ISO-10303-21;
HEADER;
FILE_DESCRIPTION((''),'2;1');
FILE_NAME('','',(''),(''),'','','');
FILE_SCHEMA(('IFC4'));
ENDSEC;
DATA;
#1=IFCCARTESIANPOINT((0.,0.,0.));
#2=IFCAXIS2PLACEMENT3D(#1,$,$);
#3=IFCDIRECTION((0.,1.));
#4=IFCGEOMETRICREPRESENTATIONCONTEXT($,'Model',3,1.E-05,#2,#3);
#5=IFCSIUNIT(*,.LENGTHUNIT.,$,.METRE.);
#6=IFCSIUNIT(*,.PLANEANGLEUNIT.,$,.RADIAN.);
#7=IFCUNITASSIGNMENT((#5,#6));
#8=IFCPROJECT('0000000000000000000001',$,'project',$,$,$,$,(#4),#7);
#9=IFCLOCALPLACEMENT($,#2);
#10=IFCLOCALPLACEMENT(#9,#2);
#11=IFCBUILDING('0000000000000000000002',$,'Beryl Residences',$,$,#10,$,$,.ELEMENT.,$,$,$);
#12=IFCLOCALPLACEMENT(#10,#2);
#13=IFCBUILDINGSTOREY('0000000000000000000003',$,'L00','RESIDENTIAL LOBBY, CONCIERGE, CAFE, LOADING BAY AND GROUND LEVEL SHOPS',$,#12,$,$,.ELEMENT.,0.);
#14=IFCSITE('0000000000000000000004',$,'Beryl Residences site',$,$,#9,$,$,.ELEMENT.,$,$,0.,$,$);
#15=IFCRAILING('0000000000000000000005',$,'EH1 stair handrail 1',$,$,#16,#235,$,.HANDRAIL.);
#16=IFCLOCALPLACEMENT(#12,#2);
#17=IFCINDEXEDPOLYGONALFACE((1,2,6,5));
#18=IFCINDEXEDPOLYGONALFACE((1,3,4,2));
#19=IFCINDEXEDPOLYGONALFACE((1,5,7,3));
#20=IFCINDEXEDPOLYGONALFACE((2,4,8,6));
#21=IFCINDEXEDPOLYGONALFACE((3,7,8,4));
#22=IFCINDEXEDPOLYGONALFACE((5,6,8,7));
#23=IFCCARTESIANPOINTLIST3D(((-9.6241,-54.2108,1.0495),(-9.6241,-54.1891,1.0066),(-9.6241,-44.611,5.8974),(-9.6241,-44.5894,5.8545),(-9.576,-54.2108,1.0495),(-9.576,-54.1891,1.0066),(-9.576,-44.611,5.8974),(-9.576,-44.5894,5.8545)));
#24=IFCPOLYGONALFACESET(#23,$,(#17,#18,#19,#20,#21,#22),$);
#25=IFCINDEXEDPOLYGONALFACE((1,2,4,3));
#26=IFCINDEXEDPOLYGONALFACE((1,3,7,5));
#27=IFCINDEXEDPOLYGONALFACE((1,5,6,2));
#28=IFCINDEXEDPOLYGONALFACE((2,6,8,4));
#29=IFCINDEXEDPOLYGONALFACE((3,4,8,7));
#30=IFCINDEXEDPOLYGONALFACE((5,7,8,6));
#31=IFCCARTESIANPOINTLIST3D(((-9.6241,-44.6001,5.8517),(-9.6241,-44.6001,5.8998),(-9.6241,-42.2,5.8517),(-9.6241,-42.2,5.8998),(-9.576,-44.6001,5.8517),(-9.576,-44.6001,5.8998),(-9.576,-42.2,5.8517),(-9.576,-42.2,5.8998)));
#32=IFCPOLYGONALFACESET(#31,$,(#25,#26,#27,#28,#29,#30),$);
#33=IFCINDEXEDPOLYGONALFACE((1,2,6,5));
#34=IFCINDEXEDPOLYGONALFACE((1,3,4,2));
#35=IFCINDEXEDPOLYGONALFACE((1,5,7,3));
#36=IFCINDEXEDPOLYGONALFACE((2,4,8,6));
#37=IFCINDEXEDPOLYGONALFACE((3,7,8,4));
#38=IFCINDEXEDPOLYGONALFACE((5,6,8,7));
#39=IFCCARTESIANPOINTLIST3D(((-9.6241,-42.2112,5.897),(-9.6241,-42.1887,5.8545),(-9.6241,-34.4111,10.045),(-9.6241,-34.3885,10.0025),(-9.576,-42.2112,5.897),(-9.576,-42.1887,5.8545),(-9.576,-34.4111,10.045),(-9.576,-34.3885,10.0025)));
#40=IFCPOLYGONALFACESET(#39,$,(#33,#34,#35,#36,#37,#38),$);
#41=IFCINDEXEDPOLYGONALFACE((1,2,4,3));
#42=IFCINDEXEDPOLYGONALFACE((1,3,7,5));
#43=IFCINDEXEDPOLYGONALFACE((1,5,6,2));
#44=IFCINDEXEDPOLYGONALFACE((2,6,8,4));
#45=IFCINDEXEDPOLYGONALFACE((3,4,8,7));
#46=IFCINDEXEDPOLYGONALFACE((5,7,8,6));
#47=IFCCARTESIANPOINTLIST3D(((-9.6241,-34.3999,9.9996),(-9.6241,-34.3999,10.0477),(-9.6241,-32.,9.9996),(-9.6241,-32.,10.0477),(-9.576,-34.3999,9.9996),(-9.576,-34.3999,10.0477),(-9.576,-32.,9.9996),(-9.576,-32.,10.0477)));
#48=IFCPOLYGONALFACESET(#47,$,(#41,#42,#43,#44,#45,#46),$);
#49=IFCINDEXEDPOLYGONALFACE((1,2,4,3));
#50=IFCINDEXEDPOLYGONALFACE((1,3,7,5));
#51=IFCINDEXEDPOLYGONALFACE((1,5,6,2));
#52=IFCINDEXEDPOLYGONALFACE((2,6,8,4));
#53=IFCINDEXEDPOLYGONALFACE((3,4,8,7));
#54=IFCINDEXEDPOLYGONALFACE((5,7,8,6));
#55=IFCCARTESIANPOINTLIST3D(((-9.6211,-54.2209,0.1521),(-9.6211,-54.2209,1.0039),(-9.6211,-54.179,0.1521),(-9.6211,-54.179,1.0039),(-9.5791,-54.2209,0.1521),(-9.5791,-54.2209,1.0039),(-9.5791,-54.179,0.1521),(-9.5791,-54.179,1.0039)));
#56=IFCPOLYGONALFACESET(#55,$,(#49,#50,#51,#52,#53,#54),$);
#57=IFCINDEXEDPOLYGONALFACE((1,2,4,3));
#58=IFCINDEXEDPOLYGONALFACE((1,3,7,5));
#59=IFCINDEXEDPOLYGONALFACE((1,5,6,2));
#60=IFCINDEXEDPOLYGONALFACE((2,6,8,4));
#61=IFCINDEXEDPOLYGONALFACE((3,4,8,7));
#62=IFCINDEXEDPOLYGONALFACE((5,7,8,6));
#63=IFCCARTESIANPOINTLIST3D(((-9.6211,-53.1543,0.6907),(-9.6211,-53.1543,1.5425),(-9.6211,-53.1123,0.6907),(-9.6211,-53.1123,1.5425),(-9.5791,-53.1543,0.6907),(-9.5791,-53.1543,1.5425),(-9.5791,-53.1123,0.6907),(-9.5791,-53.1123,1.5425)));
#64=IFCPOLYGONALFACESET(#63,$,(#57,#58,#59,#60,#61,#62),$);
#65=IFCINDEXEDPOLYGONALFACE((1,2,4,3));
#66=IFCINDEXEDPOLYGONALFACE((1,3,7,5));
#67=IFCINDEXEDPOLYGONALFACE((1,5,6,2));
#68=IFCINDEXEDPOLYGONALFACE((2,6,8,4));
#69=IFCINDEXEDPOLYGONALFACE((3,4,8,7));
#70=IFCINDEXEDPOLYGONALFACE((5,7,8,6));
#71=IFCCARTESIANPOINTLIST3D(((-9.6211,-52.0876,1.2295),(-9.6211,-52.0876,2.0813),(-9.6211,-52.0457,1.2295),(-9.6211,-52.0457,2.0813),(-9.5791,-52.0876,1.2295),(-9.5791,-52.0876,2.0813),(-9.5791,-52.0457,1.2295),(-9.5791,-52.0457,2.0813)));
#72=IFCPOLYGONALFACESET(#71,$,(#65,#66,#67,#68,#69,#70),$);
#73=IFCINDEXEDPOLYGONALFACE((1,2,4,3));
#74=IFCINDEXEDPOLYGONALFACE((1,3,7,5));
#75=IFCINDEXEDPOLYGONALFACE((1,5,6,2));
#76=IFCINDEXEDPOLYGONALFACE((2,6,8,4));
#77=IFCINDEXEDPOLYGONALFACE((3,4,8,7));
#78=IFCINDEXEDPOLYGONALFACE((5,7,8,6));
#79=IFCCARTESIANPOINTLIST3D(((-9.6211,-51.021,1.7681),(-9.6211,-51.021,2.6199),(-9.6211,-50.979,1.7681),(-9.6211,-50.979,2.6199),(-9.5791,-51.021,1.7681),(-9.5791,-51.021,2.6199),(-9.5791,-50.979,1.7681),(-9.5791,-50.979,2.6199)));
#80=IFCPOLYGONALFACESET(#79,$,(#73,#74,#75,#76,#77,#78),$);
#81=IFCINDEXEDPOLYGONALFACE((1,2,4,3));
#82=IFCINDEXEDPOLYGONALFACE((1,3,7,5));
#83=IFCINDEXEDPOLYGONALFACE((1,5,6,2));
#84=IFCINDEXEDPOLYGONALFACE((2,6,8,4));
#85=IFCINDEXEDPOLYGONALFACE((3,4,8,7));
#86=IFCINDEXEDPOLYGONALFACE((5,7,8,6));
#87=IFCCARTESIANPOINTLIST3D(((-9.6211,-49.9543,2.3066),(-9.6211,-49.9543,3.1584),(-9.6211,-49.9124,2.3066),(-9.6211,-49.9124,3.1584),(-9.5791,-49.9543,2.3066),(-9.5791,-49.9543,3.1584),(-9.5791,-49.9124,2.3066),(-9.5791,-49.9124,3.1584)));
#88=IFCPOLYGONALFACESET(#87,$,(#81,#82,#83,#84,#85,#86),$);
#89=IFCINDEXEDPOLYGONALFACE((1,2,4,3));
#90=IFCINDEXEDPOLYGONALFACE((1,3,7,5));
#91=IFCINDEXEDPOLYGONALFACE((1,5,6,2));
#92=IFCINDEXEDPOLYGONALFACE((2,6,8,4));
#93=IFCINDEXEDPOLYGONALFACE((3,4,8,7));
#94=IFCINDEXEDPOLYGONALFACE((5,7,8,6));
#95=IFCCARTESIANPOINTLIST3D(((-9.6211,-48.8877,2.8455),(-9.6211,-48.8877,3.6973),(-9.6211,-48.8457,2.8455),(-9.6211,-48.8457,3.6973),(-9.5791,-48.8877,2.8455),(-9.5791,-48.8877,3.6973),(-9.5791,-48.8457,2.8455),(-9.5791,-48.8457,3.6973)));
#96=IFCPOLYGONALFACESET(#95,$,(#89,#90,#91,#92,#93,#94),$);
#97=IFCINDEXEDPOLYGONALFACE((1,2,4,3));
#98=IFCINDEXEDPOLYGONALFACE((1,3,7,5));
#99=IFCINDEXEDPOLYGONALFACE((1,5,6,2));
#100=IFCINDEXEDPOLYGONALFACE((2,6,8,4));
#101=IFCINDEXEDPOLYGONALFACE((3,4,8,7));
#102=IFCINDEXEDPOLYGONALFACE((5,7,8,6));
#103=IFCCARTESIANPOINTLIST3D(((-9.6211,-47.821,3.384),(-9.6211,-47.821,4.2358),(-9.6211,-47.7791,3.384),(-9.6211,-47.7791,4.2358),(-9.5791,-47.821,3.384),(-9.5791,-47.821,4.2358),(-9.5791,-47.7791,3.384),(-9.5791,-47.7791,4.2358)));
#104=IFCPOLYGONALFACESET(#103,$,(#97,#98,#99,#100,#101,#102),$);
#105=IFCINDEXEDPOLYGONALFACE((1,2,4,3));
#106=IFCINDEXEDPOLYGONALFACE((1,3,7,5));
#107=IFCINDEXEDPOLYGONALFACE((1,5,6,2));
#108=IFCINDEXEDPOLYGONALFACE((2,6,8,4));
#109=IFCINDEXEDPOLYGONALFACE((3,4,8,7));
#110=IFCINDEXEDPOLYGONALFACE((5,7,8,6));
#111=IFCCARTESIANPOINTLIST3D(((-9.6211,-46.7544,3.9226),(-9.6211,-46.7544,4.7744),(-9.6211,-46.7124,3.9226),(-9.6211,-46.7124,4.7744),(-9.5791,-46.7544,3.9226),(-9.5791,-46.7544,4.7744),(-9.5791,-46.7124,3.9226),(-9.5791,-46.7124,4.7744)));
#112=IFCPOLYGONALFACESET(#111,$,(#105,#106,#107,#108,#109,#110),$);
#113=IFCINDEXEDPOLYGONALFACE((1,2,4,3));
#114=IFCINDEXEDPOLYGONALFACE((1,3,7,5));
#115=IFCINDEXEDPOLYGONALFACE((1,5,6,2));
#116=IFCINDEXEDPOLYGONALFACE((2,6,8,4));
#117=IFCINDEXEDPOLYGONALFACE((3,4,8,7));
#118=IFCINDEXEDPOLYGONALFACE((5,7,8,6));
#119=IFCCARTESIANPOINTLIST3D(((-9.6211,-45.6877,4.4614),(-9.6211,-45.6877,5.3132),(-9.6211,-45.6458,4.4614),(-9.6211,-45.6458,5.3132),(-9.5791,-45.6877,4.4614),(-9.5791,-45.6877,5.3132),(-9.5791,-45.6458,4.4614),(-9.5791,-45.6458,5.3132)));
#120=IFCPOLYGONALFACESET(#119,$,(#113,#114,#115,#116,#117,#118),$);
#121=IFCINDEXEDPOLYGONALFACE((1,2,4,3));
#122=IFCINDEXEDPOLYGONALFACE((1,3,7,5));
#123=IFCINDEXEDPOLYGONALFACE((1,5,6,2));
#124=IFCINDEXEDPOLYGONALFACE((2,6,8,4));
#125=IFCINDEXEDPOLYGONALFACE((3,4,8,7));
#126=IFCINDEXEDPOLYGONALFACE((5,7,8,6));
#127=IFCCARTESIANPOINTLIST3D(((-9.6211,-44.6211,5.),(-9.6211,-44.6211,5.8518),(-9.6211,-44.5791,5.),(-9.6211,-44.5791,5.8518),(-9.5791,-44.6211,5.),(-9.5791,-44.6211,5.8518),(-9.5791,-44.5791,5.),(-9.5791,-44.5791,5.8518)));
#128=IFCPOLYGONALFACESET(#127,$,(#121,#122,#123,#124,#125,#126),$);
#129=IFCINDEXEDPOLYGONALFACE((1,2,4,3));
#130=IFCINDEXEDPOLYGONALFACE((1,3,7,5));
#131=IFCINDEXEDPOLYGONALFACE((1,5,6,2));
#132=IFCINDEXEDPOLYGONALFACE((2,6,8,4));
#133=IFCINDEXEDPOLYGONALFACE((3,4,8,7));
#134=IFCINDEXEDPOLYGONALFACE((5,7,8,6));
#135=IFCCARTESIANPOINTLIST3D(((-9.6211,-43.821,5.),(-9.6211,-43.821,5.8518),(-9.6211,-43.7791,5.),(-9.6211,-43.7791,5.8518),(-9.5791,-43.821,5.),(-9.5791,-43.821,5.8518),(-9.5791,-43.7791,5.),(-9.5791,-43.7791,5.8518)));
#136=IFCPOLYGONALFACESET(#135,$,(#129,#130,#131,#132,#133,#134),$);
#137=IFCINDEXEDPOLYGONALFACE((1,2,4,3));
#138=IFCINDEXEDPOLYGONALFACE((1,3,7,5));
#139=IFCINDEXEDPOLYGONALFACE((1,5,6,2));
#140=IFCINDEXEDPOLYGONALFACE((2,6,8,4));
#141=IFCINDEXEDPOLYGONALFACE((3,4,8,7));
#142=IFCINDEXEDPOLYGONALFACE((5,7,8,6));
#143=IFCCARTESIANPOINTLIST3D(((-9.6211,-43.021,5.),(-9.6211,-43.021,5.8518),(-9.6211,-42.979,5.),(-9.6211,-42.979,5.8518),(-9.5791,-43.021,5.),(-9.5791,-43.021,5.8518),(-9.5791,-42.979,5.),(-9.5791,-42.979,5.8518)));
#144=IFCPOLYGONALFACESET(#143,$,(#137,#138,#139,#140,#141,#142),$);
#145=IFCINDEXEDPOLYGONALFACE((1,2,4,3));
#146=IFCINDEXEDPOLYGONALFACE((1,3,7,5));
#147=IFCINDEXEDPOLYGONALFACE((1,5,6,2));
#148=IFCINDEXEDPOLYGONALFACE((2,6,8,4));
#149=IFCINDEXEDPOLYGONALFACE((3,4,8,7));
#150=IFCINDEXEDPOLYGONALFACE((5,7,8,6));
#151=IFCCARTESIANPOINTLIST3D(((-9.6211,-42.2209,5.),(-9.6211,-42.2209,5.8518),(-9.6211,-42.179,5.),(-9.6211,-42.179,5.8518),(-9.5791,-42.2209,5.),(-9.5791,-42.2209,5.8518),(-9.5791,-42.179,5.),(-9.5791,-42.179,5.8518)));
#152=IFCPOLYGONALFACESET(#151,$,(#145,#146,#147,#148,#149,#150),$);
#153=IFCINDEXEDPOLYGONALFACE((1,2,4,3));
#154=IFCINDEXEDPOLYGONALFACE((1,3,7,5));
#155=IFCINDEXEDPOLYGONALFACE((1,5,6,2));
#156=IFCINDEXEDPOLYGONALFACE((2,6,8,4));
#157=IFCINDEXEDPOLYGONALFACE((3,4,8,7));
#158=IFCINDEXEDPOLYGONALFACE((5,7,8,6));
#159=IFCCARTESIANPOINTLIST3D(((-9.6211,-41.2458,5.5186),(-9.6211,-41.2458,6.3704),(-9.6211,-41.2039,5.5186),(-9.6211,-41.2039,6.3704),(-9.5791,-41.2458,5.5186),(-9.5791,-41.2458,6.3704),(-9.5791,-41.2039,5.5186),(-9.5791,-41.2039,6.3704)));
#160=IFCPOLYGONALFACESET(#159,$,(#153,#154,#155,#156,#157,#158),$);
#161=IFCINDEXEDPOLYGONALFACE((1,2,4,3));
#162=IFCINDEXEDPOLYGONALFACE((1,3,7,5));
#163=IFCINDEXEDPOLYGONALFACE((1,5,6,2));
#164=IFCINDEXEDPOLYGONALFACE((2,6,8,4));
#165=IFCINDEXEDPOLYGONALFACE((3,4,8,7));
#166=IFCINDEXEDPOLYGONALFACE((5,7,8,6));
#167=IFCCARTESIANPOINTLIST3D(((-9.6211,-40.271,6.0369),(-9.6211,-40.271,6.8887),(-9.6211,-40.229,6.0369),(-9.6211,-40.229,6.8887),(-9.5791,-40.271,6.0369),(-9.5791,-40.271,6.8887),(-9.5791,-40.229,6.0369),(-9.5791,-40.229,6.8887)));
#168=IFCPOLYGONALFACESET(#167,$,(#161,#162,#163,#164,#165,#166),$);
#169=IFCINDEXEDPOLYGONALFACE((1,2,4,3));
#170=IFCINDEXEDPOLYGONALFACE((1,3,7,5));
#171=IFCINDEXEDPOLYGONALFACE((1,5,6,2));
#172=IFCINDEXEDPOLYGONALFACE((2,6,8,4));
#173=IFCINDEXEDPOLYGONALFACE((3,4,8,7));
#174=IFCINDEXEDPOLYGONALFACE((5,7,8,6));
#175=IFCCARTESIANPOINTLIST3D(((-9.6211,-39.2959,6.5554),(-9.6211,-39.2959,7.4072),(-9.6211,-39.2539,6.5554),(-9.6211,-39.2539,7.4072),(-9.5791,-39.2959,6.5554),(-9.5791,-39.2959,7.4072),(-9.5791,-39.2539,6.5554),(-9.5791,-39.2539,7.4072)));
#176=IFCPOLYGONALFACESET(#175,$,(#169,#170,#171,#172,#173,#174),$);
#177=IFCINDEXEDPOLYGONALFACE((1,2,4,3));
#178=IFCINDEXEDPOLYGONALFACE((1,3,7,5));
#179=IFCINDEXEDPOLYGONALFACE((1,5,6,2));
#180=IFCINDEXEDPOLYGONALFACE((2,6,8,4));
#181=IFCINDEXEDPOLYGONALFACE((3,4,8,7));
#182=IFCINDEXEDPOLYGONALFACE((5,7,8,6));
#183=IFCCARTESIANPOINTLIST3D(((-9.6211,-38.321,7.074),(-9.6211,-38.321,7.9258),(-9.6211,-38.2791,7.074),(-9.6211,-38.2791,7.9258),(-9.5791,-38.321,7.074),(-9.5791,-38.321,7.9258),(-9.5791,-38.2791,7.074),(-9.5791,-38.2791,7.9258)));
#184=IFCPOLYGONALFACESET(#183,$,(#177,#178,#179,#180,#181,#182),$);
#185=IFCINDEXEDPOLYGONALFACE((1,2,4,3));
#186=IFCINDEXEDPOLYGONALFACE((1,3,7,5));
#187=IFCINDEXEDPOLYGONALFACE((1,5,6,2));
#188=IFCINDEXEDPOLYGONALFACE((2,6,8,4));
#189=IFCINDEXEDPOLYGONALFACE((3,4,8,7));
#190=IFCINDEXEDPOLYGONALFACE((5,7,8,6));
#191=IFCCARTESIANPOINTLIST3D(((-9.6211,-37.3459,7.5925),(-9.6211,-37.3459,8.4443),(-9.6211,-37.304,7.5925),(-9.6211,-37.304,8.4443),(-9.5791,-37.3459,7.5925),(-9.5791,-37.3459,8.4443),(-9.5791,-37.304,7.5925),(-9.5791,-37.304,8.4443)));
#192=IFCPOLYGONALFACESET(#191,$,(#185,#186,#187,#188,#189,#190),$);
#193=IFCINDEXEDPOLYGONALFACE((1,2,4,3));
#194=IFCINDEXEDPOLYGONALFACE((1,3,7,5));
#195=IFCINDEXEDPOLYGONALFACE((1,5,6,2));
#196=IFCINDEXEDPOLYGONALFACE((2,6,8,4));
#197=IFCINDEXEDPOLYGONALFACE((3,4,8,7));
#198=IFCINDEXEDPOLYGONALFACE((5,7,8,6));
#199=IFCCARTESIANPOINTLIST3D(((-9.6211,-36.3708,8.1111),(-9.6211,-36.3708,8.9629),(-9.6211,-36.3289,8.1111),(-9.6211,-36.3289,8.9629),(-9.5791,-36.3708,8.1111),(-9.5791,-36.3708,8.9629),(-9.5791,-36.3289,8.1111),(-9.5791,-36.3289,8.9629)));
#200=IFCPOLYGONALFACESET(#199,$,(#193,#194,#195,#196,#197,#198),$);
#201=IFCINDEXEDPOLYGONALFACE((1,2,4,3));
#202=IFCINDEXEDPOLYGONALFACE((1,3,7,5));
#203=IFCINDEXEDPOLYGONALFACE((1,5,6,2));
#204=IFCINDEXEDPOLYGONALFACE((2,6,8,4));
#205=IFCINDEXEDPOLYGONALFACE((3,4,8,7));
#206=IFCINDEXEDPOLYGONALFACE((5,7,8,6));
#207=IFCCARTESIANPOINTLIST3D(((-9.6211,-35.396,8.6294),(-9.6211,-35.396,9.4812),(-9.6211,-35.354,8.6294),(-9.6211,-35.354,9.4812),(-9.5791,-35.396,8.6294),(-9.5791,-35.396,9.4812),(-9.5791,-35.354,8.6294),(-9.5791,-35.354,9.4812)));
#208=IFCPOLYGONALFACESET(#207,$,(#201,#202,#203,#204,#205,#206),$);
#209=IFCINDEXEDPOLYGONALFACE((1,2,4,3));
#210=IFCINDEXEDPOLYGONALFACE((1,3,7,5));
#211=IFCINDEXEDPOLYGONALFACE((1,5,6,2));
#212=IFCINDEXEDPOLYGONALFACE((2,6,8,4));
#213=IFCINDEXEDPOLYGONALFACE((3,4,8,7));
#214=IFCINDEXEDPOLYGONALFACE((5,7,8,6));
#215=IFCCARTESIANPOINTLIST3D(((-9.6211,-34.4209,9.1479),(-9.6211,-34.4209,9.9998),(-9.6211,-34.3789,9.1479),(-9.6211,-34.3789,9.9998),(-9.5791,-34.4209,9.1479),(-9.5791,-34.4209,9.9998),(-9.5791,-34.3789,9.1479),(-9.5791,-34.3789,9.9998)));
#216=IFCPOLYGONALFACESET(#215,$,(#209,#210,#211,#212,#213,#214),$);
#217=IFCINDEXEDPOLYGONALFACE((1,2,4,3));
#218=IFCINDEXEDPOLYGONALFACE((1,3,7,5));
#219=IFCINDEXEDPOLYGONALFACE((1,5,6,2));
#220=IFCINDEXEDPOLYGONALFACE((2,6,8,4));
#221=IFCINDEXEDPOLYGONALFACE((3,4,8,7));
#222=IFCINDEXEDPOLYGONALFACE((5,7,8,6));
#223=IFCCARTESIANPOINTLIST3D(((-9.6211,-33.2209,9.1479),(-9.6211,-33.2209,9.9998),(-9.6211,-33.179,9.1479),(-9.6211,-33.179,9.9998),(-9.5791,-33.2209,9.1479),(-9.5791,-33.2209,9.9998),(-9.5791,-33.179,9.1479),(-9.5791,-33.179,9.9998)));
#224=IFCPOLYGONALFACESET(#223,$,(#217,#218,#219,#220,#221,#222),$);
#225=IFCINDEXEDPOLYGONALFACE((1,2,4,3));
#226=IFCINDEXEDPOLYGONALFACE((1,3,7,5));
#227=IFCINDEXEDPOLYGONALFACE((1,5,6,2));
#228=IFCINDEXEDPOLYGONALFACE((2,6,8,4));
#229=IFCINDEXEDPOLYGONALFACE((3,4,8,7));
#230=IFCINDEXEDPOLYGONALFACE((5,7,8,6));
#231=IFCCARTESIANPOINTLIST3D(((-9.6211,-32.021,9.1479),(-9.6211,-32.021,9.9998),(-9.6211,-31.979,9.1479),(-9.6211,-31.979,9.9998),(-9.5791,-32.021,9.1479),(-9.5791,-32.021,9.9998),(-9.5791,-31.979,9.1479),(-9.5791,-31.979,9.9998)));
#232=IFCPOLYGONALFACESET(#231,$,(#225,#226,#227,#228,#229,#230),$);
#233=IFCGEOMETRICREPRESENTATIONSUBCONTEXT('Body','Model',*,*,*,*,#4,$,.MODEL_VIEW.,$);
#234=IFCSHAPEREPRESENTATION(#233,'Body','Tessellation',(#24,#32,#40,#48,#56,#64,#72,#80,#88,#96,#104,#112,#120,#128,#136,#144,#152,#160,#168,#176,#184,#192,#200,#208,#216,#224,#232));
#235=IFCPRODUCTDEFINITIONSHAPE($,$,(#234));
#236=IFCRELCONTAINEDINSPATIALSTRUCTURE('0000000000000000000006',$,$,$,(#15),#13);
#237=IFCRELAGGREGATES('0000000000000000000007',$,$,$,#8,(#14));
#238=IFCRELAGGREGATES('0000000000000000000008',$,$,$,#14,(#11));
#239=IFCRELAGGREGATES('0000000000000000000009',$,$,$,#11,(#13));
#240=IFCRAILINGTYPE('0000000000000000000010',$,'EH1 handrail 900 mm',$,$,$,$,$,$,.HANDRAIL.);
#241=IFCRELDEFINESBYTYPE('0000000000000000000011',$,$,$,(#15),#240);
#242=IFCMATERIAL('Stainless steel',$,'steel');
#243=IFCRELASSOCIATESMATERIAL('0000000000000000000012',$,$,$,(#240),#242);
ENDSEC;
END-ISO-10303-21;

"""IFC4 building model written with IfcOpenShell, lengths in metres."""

from ifc_helpers import new_model, si_unit, direction, frame, origin, origin_2d, place, context, subcontext, project, spatial, rectangle, extrude, material, type_object, element, save


model = new_model("IFC4")

# Units and contexts
model_context = context("Model", 3, precision=1e-05, world=origin(), true_north=direction((0.0, 1.0)))
body_context = subcontext(model_context, "Body", "Model", "MODEL_VIEW")
ifc_project = project(units=[si_unit("LENGTHUNIT", "METRE"), si_unit("PLANEANGLEUNIT", "RADIAN")], contexts=[model_context])

# Site, building, storey
site_placement = place(None, origin())
site = spatial("IfcSite", under=ifc_project, at=site_placement, Name="Beryl Residences site", CompositionType="ELEMENT", RefElevation=0.0)
building_placement = place(site_placement, origin())
building = spatial("IfcBuilding", under=site, at=building_placement, Name="Beryl Residences", CompositionType="ELEMENT")
storey_placement = place(building_placement, origin())
storey = spatial("IfcBuildingStorey", under=building, at=storey_placement, Name="L00", Description="RESIDENTIAL LOBBY, CONCIERGE, CAFE, LOADING BAY AND GROUND LEVEL SHOPS", CompositionType="ELEMENT", Elevation=0.0)

# Railing
ifc_material_1 = material(Name="Stainless steel", Category="steel")
railing_type_1 = type_object("IfcRailingType", Name="EH1 handrail 900 mm", PredefinedType="HANDRAIL", material=ifc_material_1)
railing_1_placement = place(storey_placement, frame((-9.6001, -54.2, 0.1521)))
element("IfcRailing", 1, at=railing_1_placement, inside=storey, type_object=railing_type_1, Name="EH1 stair handrail 1", PredefinedType="HANDRAIL", context=body_context, shape_type="SweptSolid", body=[
    extrude(rectangle(XDim=0.0481, YDim=0.0481, at=origin_2d()), frame((0.0, 0.0, 0.876), z_axis=(0.0, 0.892636, 0.450779), x_axis=(-1.0, 0.0, 0.0)), (0.0, 0.0, 1.0), 10.7544),
    extrude(rectangle(XDim=0.0481, YDim=0.0481, at=origin_2d()), frame((0.0, 9.5999, 5.7236), z_axis=(0.0, 1.0, 0.0), x_axis=(-1.0, 0.0, 0.0)), (0.0, 0.0, 1.0), 2.4001),
    extrude(rectangle(XDim=0.0481, YDim=0.0481, at=origin_2d()), frame((0.0, 12.0, 5.7236), z_axis=(0.0, 0.88292, 0.469524), x_axis=(-1.0, 0.0, 0.0)), (0.0, 0.0, 1.0), 8.8345),
    extrude(rectangle(XDim=0.0481, YDim=0.0481, at=origin_2d()), frame((0.0, 19.8, 9.8716), z_axis=(0.0, 1.0, 0.0), x_axis=(-1.0, 0.0, 0.0)), (0.0, 0.0, 1.0), 2.3999),
    extrude(rectangle(XDim=0.042, YDim=0.042, at=origin_2d()), origin(), (0.0, 0.0, 1.0), 0.8518),
    extrude(rectangle(XDim=0.042, YDim=0.042, at=origin_2d()), frame((0.0, 1.0667, 0.5386)), (0.0, 0.0, 1.0), 0.8518),
    extrude(rectangle(XDim=0.042, YDim=0.042, at=origin_2d()), frame((0.0, 2.1333, 1.0774)), (0.0, 0.0, 1.0), 0.8518),
    extrude(rectangle(XDim=0.042, YDim=0.042, at=origin_2d()), frame((0.0, 3.2, 1.616)), (0.0, 0.0, 1.0), 0.8518),
    extrude(rectangle(XDim=0.042, YDim=0.042, at=origin_2d()), frame((0.0, 4.2666, 2.1545)), (0.0, 0.0, 1.0), 0.8518),
    extrude(rectangle(XDim=0.042, YDim=0.042, at=origin_2d()), frame((0.0, 5.3333, 2.6934)), (0.0, 0.0, 1.0), 0.8518),
    extrude(rectangle(XDim=0.042, YDim=0.042, at=origin_2d()), frame((0.0, 6.3999, 3.2319)), (0.0, 0.0, 1.0), 0.8518),
    extrude(rectangle(XDim=0.042, YDim=0.042, at=origin_2d()), frame((0.0, 7.4666, 3.7705)), (0.0, 0.0, 1.0), 0.8518),
    extrude(rectangle(XDim=0.042, YDim=0.042, at=origin_2d()), frame((0.0, 8.5332, 4.3093)), (0.0, 0.0, 1.0), 0.8518),
    extrude(rectangle(XDim=0.042, YDim=0.042, at=origin_2d()), frame((0.0, 9.5999, 4.8479)), (0.0, 0.0, 1.0), 0.8518),
    extrude(rectangle(XDim=0.042, YDim=0.042, at=origin_2d()), frame((0.0, 10.3999, 4.8479)), (0.0, 0.0, 1.0), 0.8518),
    extrude(rectangle(XDim=0.042, YDim=0.042, at=origin_2d()), frame((0.0, 11.2, 4.8479)), (0.0, 0.0, 1.0), 0.8518),
    extrude(rectangle(XDim=0.042, YDim=0.042, at=origin_2d()), frame((0.0, 12.0, 4.8479)), (0.0, 0.0, 1.0), 0.8518),
    extrude(rectangle(XDim=0.042, YDim=0.042, at=origin_2d()), frame((0.0, 12.9751, 5.3665)), (0.0, 0.0, 1.0), 0.8518),
    extrude(rectangle(XDim=0.042, YDim=0.042, at=origin_2d()), frame((0.0, 13.95, 5.8848)), (0.0, 0.0, 1.0), 0.8518),
    extrude(rectangle(XDim=0.042, YDim=0.042, at=origin_2d()), frame((0.0, 14.925, 6.4033)), (0.0, 0.0, 1.0), 0.8518),
    extrude(rectangle(XDim=0.042, YDim=0.042, at=origin_2d()), frame((0.0, 15.8999, 6.9219)), (0.0, 0.0, 1.0), 0.8518),
    extrude(rectangle(XDim=0.042, YDim=0.042, at=origin_2d()), frame((0.0, 16.875, 7.4404)), (0.0, 0.0, 1.0), 0.8518),
    extrude(rectangle(XDim=0.042, YDim=0.042, at=origin_2d()), frame((0.0, 17.8501, 7.959)), (0.0, 0.0, 1.0), 0.8518),
    extrude(rectangle(XDim=0.042, YDim=0.042, at=origin_2d()), frame((0.0, 18.825, 8.4773)), (0.0, 0.0, 1.0), 0.8518),
    extrude(rectangle(XDim=0.042, YDim=0.042, at=origin_2d()), frame((0.0, 19.8, 8.9958)), (0.0, 0.0, 1.0), 0.8518),
    extrude(rectangle(XDim=0.042, YDim=0.042, at=origin_2d()), frame((0.0, 21.0, 8.9958)), (0.0, 0.0, 1.0), 0.8518),
    extrude(rectangle(XDim=0.042, YDim=0.042, at=origin_2d()), frame((0.0, 22.2, 8.9958)), (0.0, 0.0, 1.0), 0.8518),
])

save(model, "model.ifc")
